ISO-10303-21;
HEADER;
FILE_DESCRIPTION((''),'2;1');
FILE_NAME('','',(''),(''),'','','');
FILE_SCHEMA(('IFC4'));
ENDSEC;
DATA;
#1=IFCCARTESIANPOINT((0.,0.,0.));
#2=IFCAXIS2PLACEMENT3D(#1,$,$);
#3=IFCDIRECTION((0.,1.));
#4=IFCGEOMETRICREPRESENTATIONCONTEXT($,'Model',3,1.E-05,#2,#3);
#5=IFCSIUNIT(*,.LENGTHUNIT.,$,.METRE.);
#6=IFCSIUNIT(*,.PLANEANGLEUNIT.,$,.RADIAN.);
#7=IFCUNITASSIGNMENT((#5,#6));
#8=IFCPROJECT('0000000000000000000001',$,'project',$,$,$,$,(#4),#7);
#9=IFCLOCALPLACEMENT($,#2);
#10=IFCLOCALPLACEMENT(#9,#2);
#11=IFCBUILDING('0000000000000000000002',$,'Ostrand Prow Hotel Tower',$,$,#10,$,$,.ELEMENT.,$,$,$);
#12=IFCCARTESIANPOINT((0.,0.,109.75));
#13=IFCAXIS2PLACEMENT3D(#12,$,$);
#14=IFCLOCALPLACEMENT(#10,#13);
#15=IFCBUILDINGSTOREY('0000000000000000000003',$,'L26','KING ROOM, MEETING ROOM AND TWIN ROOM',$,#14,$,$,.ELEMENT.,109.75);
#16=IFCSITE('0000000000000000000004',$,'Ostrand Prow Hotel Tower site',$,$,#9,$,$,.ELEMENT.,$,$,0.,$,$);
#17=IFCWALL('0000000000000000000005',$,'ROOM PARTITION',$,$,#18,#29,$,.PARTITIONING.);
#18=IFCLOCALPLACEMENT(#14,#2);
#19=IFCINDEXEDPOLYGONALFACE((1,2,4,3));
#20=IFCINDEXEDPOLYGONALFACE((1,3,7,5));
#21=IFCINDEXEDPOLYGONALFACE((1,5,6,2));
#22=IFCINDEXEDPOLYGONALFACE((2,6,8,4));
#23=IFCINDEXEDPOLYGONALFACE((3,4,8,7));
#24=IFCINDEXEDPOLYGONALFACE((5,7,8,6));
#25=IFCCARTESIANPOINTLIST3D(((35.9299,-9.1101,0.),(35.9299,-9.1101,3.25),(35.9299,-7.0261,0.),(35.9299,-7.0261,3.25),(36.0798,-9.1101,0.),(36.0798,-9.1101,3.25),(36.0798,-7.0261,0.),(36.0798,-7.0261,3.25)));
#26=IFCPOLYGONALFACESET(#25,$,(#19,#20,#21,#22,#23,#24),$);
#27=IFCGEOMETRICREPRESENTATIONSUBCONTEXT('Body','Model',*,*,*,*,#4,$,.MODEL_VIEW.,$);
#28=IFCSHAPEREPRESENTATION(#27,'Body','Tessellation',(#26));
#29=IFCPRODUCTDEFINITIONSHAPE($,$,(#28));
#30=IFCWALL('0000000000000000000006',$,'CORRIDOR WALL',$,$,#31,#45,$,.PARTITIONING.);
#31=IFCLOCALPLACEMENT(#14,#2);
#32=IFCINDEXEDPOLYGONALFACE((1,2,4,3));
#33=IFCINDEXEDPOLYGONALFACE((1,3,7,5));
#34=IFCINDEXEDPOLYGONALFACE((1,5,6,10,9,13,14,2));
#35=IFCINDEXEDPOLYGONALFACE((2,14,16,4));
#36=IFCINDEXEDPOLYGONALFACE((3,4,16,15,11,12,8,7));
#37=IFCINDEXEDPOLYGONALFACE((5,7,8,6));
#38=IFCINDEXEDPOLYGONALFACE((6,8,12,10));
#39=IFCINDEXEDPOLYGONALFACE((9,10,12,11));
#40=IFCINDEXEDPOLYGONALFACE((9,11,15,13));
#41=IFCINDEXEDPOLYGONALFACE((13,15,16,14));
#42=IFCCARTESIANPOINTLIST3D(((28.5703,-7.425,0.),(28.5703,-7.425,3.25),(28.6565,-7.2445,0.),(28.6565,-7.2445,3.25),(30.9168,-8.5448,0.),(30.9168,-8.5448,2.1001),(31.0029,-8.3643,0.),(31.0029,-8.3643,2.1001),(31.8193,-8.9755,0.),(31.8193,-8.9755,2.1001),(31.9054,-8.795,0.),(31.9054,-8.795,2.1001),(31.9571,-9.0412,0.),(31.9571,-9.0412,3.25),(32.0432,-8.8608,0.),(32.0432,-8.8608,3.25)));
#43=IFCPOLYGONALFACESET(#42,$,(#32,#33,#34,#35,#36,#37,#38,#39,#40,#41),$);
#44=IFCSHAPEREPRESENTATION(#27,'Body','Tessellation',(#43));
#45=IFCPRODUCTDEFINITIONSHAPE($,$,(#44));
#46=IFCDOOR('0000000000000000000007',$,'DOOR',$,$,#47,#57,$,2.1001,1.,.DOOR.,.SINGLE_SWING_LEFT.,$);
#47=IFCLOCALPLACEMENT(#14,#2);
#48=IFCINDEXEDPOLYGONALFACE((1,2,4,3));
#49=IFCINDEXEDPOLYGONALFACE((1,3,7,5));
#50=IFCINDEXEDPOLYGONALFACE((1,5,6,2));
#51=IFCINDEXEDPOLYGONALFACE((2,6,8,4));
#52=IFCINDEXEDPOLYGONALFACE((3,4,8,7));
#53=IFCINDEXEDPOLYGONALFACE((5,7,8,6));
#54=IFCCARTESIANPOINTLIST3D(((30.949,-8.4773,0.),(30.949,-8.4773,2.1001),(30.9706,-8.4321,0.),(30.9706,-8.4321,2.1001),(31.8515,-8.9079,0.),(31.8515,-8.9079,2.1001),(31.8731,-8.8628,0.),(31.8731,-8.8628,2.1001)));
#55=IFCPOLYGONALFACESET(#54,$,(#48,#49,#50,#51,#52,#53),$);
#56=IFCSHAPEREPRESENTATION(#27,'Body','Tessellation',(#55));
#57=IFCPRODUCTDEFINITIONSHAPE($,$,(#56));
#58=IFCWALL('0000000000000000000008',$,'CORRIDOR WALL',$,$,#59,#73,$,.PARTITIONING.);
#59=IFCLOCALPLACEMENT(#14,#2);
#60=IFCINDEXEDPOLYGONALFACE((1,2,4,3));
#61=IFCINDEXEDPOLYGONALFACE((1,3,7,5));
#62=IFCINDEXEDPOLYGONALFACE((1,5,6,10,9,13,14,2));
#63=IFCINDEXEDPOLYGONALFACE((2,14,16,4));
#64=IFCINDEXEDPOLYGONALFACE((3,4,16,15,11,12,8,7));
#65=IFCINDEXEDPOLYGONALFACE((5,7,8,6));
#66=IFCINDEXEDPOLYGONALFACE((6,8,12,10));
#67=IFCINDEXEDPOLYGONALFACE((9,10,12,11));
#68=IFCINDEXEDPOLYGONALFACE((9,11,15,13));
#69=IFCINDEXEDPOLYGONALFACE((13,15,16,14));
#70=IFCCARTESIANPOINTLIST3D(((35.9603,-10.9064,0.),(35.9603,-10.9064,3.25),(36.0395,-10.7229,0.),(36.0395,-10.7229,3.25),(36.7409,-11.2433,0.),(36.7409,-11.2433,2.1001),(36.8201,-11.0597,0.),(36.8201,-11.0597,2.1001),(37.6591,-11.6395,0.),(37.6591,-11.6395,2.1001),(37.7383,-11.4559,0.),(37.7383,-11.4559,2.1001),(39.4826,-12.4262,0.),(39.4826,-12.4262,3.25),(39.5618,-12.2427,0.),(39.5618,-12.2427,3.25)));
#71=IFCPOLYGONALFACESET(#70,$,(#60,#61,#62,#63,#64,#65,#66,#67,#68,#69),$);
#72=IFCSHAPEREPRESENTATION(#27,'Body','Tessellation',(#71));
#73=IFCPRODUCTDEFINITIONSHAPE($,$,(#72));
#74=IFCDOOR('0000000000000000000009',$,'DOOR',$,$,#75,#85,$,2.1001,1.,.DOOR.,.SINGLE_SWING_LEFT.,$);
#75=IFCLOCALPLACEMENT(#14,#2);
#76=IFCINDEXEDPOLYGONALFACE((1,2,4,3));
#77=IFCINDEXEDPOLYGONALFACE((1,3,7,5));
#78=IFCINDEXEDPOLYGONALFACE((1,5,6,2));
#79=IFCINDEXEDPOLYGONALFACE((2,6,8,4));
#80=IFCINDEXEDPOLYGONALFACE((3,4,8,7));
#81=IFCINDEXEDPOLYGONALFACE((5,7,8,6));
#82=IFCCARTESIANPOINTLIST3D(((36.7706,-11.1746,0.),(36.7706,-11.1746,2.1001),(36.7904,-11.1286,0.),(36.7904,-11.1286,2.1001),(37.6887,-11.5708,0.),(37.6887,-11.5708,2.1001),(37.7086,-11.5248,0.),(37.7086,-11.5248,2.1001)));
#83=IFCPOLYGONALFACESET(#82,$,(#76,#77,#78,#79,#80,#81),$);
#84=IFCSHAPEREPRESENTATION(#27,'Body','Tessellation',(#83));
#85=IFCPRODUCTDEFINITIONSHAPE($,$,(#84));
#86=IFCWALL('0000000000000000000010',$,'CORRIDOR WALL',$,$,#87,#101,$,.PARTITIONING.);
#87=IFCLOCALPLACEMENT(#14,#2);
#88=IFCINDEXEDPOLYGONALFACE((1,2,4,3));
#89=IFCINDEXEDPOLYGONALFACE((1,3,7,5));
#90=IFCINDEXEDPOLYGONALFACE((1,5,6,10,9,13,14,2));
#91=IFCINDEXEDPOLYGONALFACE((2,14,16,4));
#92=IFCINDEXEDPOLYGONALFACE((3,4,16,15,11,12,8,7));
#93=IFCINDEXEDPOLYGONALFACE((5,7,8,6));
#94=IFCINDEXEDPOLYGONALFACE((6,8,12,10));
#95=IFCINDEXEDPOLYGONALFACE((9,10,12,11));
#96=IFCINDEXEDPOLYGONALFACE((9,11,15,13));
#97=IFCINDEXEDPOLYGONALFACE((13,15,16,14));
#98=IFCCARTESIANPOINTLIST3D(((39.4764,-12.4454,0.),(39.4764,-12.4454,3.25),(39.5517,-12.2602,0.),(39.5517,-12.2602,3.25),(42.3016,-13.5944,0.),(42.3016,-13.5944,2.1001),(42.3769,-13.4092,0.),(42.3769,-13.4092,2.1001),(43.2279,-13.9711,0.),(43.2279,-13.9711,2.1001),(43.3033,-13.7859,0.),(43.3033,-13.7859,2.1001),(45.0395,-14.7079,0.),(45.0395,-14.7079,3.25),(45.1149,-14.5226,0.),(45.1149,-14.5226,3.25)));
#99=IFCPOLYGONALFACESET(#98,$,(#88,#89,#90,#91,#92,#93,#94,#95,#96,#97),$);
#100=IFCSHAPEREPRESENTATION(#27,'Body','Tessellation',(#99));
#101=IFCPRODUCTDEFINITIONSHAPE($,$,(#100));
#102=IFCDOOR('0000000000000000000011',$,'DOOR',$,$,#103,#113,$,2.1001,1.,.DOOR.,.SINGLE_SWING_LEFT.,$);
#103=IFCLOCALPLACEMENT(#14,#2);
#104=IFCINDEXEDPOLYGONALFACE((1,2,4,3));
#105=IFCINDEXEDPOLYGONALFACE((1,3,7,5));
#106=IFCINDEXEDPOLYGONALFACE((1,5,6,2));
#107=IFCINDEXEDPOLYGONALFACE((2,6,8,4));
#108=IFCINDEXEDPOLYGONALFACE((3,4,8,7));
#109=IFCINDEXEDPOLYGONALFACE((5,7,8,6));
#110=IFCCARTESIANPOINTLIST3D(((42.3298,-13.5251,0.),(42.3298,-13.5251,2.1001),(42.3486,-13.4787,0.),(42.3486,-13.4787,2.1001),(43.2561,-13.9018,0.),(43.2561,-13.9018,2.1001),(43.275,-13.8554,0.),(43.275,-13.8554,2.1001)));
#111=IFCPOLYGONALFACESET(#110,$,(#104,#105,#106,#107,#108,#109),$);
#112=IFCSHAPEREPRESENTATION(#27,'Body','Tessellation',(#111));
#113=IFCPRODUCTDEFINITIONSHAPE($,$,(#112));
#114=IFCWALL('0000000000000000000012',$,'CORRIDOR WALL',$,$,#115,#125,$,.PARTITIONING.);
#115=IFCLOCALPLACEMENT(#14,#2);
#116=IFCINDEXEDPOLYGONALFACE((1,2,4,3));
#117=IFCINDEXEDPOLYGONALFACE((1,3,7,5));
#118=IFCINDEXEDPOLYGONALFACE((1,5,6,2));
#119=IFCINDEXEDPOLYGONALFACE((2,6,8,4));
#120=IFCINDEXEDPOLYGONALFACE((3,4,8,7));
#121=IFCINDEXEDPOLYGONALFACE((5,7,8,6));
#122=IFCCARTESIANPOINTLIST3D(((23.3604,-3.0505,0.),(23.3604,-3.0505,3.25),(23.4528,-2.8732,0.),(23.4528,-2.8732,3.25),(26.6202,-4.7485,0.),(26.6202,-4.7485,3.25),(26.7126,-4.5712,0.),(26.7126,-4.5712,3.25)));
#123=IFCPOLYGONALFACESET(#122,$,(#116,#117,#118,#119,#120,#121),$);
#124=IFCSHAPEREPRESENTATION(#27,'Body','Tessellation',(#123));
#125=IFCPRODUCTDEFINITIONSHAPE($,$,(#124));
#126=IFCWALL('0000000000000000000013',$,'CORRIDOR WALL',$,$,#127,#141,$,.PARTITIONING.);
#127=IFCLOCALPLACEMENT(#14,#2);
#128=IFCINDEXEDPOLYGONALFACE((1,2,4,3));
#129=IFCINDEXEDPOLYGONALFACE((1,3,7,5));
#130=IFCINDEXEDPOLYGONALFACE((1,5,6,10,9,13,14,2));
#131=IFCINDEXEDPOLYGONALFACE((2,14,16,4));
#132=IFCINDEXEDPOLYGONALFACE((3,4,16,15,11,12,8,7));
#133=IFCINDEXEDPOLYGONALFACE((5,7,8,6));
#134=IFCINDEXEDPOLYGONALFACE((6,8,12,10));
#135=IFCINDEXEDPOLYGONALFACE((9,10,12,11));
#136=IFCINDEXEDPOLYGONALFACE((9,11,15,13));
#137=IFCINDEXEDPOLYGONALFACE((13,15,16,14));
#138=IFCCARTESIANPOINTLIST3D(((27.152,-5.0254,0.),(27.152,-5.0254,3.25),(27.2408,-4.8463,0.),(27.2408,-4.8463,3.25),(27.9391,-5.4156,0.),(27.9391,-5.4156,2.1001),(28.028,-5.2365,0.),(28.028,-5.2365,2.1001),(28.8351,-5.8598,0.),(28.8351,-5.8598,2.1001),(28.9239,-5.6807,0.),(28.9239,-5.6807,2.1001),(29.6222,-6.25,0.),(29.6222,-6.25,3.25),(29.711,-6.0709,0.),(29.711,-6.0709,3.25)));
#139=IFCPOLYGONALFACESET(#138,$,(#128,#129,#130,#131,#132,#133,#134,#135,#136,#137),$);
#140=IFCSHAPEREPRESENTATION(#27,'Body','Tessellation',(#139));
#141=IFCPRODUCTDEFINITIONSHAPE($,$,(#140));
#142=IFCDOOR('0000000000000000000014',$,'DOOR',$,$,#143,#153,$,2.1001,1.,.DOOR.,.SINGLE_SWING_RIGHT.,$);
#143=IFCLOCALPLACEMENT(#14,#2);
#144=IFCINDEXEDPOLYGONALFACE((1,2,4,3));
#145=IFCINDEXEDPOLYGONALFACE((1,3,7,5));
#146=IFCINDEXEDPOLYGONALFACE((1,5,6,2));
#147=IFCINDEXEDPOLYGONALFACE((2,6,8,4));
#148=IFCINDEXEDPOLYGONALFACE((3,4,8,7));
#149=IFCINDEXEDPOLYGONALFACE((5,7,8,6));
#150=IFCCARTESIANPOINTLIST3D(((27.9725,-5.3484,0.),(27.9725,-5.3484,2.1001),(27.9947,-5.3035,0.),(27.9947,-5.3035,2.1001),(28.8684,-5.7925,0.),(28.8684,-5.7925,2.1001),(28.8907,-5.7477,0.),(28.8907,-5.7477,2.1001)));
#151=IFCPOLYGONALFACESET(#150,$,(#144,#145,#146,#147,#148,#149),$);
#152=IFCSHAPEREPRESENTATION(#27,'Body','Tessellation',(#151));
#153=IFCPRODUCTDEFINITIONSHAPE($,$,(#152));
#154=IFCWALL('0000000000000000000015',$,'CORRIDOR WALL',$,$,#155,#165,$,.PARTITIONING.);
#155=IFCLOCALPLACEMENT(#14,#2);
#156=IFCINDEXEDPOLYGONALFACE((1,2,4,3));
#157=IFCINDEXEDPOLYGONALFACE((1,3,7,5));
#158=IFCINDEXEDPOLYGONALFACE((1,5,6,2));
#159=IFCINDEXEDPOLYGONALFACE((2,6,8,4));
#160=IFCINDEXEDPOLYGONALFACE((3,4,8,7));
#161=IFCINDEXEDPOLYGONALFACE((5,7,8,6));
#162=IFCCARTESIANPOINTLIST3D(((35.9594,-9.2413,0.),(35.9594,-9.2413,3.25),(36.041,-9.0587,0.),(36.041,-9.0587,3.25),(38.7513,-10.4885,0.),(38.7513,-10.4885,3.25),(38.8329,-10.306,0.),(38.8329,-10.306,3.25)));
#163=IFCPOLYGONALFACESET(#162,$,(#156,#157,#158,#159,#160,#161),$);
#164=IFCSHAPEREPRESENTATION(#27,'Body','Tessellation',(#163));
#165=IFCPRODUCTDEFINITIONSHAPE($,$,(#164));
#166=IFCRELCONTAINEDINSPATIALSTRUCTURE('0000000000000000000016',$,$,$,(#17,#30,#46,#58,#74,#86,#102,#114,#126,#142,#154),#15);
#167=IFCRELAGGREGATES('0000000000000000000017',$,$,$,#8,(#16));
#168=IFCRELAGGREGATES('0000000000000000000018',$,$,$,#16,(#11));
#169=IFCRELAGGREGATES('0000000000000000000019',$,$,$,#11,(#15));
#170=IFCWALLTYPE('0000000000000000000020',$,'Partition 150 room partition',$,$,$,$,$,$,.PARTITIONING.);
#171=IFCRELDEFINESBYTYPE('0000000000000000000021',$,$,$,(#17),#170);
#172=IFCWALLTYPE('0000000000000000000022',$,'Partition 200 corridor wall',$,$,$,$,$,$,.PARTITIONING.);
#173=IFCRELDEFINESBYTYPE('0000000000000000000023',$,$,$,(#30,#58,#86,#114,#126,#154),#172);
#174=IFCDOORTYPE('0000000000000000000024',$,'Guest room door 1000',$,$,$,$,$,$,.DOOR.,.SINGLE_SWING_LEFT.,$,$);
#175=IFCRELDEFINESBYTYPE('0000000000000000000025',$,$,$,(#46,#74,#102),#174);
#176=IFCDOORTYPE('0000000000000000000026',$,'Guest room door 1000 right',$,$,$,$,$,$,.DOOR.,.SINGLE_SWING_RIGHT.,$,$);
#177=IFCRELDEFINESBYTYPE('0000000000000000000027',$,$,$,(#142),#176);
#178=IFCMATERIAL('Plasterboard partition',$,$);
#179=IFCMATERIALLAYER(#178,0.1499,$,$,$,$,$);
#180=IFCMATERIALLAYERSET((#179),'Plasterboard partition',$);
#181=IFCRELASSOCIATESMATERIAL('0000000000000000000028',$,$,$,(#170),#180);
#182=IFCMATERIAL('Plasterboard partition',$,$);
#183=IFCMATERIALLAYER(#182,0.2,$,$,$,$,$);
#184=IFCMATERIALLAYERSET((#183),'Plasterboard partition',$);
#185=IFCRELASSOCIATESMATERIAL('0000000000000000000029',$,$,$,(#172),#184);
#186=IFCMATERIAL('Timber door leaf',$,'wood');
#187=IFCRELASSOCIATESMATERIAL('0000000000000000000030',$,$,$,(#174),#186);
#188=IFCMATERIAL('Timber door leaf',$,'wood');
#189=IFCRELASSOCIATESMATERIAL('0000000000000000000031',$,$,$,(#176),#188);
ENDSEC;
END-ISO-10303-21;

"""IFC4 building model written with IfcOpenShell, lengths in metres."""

from ifc_helpers import new_model, si_unit, direction, frame, frame_2d, origin, place, context, subcontext, project, spatial, rectangle, extrude, material, layer, layer_set, type_object, element, fill, save


model = new_model("IFC4")

# Units and contexts
model_context = context("Model", 3, precision=1e-05, world=origin(), true_north=direction((0.0, 1.0)))
body_context = subcontext(model_context, "Body", "Model", "MODEL_VIEW")
ifc_project = project(units=[si_unit("LENGTHUNIT", "METRE"), si_unit("PLANEANGLEUNIT", "RADIAN")], contexts=[model_context])

# Site, building, storey
site_placement = place(None, origin())
site = spatial("IfcSite", under=ifc_project, at=site_placement, Name="Ostrand Prow Hotel Tower site", CompositionType="ELEMENT", RefElevation=0.0)
building_placement = place(site_placement, origin())
building = spatial("IfcBuilding", under=site, at=building_placement, Name="Ostrand Prow Hotel Tower", CompositionType="ELEMENT")
storey_placement = place(building_placement, frame((0.0, 0.0, 109.75)))
storey = spatial("IfcBuildingStorey", under=building, at=storey_placement, Name="L26", Description="KING ROOM, MEETING ROOM AND TWIN ROOM", CompositionType="ELEMENT", Elevation=109.75)

# Wall
ifc_material_1 = material(Name="Plasterboard partition")
ifc_layer_1 = layer(ifc_material_1, 0.1499)
ifc_layer_set_1 = layer_set([ifc_layer_1], Name="Plasterboard partition")
wall_type_1 = type_object("IfcWallType", Name="Partition 150 room partition", PredefinedType="PARTITIONING", material=ifc_layer_set_1)
wall_1_placement = place(storey_placement, frame((36.0049, -9.1101, 0.0), z_axis=(0.0, 0.0, 1.0), x_axis=(0.0, 1.0, 0.0)))
element("IfcWall", 1, at=wall_1_placement, inside=storey, type_object=wall_type_1, Name="ROOM PARTITION", PredefinedType="PARTITIONING", context=body_context, shape_type="SweptSolid", body=[
    extrude(rectangle(XDim=2.084, YDim=0.1499, at=frame_2d((1.042, 0.0))), origin(), (0.0, 0.0, 1.0), 3.25),
])

# Walls, openings, doors
ifc_material_2 = material(Name="Plasterboard partition")
ifc_layer_2 = layer(ifc_material_2, 0.2)
ifc_layer_set_2 = layer_set([ifc_layer_2], Name="Plasterboard partition")
wall_type_2 = type_object("IfcWallType", Name="Partition 200 corridor wall", PredefinedType="PARTITIONING", material=ifc_layer_set_2)
wall_2_placement = place(storey_placement, frame((28.6133, -7.3347, 0.0), z_axis=(0.0, 0.0, 1.0), x_axis=(0.902499, -0.430691, 0.0)))
wall_2 = element("IfcWall", 2, at=wall_2_placement, inside=storey, type_object=wall_type_2, Name="CORRIDOR WALL", PredefinedType="PARTITIONING", context=body_context, shape_type="SweptSolid", body=[
    extrude(rectangle(XDim=3.7527, YDim=0.2, at=frame_2d((1.8765, 0.0))), origin(), (0.0, 0.0, 1.0), 3.25),
])
opening_1_placement = place(wall_2_placement, frame((2.6001, 0.0, 0.0)))
opening_1 = element("IfcOpeningElement", 3, at=opening_1_placement, cuts=wall_2, PredefinedType="OPENING", context=body_context, shape_type="SweptSolid", body=[
    extrude(rectangle(XDim=1.0, YDim=2.1001, at=frame_2d((0.5, 1.05))), frame((0.0, 0.1099, 0.0), z_axis=(0.0, -1.0, 0.0), x_axis=(1.0, 0.0, 0.0)), (0.0, 0.0, 1.0), 0.22),
])
ifc_material_3 = material(Name="Timber door leaf", Category="wood")
door_type_1 = type_object("IfcDoorType", Name="Guest room door 1000", OperationType="SINGLE_SWING_LEFT", PredefinedType="DOOR", material=ifc_material_3)
door_1_placement = place(opening_1_placement, origin())
door_1 = element("IfcDoor", 4, at=door_1_placement, inside=storey, type_object=door_type_1, Name="DOOR", OperationType="SINGLE_SWING_LEFT", OverallHeight=2.1001, OverallWidth=1.0, PredefinedType="DOOR", context=body_context, shape_type="SweptSolid", body=[
    extrude(rectangle(XDim=1.0, YDim=2.1001, at=frame_2d((0.5, 1.05))), frame((0.0, 0.0249, 0.0), z_axis=(0.0, -1.0, 0.0), x_axis=(1.0, 0.0, 0.0)), (0.0, 0.0, 1.0), 0.05),
])
fill(opening_1, door_1)
wall_3_placement = place(storey_placement, frame((36.0, -10.8147, 0.0), z_axis=(0.0, 0.0, 1.0), x_axis=(0.918174, -0.396176, 0.0)))
wall_3 = element("IfcWall", 5, at=wall_3_placement, inside=storey, type_object=wall_type_2, Name="CORRIDOR WALL", PredefinedType="PARTITIONING", context=body_context, shape_type="SweptSolid", body=[
    extrude(rectangle(XDim=3.8362, YDim=0.2, at=frame_2d((1.918, 0.0))), origin(), (0.0, 0.0, 1.0), 3.25),
])
opening_2_placement = place(wall_3_placement, frame((0.8501, 0.0, 0.0)))
opening_2 = element("IfcOpeningElement", 6, at=opening_2_placement, cuts=wall_3, PredefinedType="OPENING", context=body_context, shape_type="SweptSolid", body=[
    extrude(rectangle(XDim=1.0, YDim=2.1001, at=frame_2d((0.5, 1.05))), frame((0.0, 0.1099, 0.0), z_axis=(0.0, -1.0, 0.0), x_axis=(1.0, 0.0, 0.0)), (0.0, 0.0, 1.0), 0.22),
])
door_2_placement = place(opening_2_placement, origin())
door_2 = element("IfcDoor", 7, at=door_2_placement, inside=storey, type_object=door_type_1, Name="DOOR", OperationType="SINGLE_SWING_LEFT", OverallHeight=2.1001, OverallWidth=1.0, PredefinedType="DOOR", context=body_context, shape_type="SweptSolid", body=[
    extrude(rectangle(XDim=1.0, YDim=2.1001, at=frame_2d((0.5, 1.05))), frame((0.0, 0.0249, 0.0), z_axis=(0.0, -1.0, 0.0), x_axis=(1.0, 0.0, 0.0)), (0.0, 0.0, 1.0), 0.05),
])
fill(opening_2, door_2)
wall_4_placement = place(storey_placement, frame((39.5139, -12.3528, 0.0), z_axis=(0.0, 0.0, 1.0), x_axis=(0.926328, -0.376718, 0.0)))
wall_4 = element("IfcWall", 8, at=wall_4_placement, inside=storey, type_object=wall_type_2, Name="CORRIDOR WALL", PredefinedType="PARTITIONING", context=body_context, shape_type="SweptSolid", body=[
    extrude(rectangle(XDim=6.0056, YDim=0.2, at=frame_2d((3.0029, 0.0))), origin(), (0.0, 0.0, 1.0), 3.25),
])
opening_3_placement = place(wall_4_placement, frame((3.05, 0.0, 0.0)))
opening_3 = element("IfcOpeningElement", 9, at=opening_3_placement, cuts=wall_4, PredefinedType="OPENING", context=body_context, shape_type="SweptSolid", body=[
    extrude(rectangle(XDim=1.0, YDim=2.1001, at=frame_2d((0.5, 1.05))), frame((0.0, 0.1099, 0.0), z_axis=(0.0, -1.0, 0.0), x_axis=(1.0, 0.0, 0.0)), (0.0, 0.0, 1.0), 0.22),
])
door_3_placement = place(opening_3_placement, origin())
door_3 = element("IfcDoor", 10, at=door_3_placement, inside=storey, type_object=door_type_1, Name="DOOR", OperationType="SINGLE_SWING_LEFT", OverallHeight=2.1001, OverallWidth=1.0, PredefinedType="DOOR", context=body_context, shape_type="SweptSolid", body=[
    extrude(rectangle(XDim=1.0, YDim=2.1001, at=frame_2d((0.5, 1.05))), frame((0.0, 0.0249, 0.0), z_axis=(0.0, -1.0, 0.0), x_axis=(1.0, 0.0, 0.0)), (0.0, 0.0, 1.0), 0.05),
])
fill(opening_3, door_3)

# Wall
wall_5_placement = place(storey_placement, frame((26.6665, -4.6599, 0.0), z_axis=(0.0, 0.0, 1.0), x_axis=(-0.886891, 0.461978, 0.0)))
element("IfcWall", 11, at=wall_5_placement, inside=storey, type_object=wall_type_2, Name="CORRIDOR WALL", PredefinedType="PARTITIONING", context=body_context, shape_type="SweptSolid", body=[
    extrude(rectangle(XDim=3.6755, YDim=0.2, at=frame_2d((1.8379, 0.0))), origin(), (0.0, 0.0, 1.0), 3.25),
])

# Wall, opening, door
wall_6_placement = place(storey_placement, frame((29.6665, -6.1604, 0.0), z_axis=(0.0, 0.0, 1.0), x_axis=(-0.895945, 0.444165, 0.0)))
wall_6 = element("IfcWall", 12, at=wall_6_placement, inside=storey, type_object=wall_type_2, Name="CORRIDOR WALL", PredefinedType="PARTITIONING", context=body_context, shape_type="SweptSolid", body=[
    extrude(rectangle(XDim=2.7571, YDim=0.2, at=frame_2d((1.3784, 0.0))), origin(), (0.0, 0.0, 1.0), 3.25),
])
opening_4_placement = place(wall_6_placement, frame((0.8784, 0.0, 0.0)))
opening_4 = element("IfcOpeningElement", 13, at=opening_4_placement, cuts=wall_6, PredefinedType="OPENING", context=body_context, shape_type="SweptSolid", body=[
    extrude(rectangle(XDim=1.0, YDim=2.1001, at=frame_2d((0.5, 1.05))), frame((0.0, 0.1099, 0.0), z_axis=(0.0, -1.0, 0.0), x_axis=(1.0, 0.0, 0.0)), (0.0, 0.0, 1.0), 0.22),
])
ifc_material_4 = material(Name="Timber door leaf", Category="wood")
door_type_2 = type_object("IfcDoorType", Name="Guest room door 1000 right", OperationType="SINGLE_SWING_RIGHT", PredefinedType="DOOR", material=ifc_material_4)
door_4_placement = place(opening_4_placement, origin())
door_4 = element("IfcDoor", 14, at=door_4_placement, inside=storey, type_object=door_type_2, Name="DOOR", OperationType="SINGLE_SWING_RIGHT", OverallHeight=2.1001, OverallWidth=1.0, PredefinedType="DOOR", context=body_context, shape_type="SweptSolid", body=[
    extrude(rectangle(XDim=1.0, YDim=2.1001, at=frame_2d((0.5, 1.05))), frame((0.0, 0.0249, 0.0), z_axis=(0.0, -1.0, 0.0), x_axis=(1.0, 0.0, 0.0)), (0.0, 0.0, 1.0), 0.05),
])
fill(opening_4, door_4)

# Wall
wall_7_placement = place(storey_placement, frame((38.792, -10.3972, 0.0), z_axis=(0.0, 0.0, 1.0), x_axis=(-0.91303, 0.407893, 0.0)))
element("IfcWall", 15, at=wall_7_placement, inside=storey, type_object=wall_type_2, Name="CORRIDOR WALL", PredefinedType="PARTITIONING", context=body_context, shape_type="SweptSolid", body=[
    extrude(rectangle(XDim=3.0579, YDim=0.2, at=frame_2d((1.5288, 0.0))), origin(), (0.0, 0.0, 1.0), 3.25),
])

save(model, "model.ifc")
